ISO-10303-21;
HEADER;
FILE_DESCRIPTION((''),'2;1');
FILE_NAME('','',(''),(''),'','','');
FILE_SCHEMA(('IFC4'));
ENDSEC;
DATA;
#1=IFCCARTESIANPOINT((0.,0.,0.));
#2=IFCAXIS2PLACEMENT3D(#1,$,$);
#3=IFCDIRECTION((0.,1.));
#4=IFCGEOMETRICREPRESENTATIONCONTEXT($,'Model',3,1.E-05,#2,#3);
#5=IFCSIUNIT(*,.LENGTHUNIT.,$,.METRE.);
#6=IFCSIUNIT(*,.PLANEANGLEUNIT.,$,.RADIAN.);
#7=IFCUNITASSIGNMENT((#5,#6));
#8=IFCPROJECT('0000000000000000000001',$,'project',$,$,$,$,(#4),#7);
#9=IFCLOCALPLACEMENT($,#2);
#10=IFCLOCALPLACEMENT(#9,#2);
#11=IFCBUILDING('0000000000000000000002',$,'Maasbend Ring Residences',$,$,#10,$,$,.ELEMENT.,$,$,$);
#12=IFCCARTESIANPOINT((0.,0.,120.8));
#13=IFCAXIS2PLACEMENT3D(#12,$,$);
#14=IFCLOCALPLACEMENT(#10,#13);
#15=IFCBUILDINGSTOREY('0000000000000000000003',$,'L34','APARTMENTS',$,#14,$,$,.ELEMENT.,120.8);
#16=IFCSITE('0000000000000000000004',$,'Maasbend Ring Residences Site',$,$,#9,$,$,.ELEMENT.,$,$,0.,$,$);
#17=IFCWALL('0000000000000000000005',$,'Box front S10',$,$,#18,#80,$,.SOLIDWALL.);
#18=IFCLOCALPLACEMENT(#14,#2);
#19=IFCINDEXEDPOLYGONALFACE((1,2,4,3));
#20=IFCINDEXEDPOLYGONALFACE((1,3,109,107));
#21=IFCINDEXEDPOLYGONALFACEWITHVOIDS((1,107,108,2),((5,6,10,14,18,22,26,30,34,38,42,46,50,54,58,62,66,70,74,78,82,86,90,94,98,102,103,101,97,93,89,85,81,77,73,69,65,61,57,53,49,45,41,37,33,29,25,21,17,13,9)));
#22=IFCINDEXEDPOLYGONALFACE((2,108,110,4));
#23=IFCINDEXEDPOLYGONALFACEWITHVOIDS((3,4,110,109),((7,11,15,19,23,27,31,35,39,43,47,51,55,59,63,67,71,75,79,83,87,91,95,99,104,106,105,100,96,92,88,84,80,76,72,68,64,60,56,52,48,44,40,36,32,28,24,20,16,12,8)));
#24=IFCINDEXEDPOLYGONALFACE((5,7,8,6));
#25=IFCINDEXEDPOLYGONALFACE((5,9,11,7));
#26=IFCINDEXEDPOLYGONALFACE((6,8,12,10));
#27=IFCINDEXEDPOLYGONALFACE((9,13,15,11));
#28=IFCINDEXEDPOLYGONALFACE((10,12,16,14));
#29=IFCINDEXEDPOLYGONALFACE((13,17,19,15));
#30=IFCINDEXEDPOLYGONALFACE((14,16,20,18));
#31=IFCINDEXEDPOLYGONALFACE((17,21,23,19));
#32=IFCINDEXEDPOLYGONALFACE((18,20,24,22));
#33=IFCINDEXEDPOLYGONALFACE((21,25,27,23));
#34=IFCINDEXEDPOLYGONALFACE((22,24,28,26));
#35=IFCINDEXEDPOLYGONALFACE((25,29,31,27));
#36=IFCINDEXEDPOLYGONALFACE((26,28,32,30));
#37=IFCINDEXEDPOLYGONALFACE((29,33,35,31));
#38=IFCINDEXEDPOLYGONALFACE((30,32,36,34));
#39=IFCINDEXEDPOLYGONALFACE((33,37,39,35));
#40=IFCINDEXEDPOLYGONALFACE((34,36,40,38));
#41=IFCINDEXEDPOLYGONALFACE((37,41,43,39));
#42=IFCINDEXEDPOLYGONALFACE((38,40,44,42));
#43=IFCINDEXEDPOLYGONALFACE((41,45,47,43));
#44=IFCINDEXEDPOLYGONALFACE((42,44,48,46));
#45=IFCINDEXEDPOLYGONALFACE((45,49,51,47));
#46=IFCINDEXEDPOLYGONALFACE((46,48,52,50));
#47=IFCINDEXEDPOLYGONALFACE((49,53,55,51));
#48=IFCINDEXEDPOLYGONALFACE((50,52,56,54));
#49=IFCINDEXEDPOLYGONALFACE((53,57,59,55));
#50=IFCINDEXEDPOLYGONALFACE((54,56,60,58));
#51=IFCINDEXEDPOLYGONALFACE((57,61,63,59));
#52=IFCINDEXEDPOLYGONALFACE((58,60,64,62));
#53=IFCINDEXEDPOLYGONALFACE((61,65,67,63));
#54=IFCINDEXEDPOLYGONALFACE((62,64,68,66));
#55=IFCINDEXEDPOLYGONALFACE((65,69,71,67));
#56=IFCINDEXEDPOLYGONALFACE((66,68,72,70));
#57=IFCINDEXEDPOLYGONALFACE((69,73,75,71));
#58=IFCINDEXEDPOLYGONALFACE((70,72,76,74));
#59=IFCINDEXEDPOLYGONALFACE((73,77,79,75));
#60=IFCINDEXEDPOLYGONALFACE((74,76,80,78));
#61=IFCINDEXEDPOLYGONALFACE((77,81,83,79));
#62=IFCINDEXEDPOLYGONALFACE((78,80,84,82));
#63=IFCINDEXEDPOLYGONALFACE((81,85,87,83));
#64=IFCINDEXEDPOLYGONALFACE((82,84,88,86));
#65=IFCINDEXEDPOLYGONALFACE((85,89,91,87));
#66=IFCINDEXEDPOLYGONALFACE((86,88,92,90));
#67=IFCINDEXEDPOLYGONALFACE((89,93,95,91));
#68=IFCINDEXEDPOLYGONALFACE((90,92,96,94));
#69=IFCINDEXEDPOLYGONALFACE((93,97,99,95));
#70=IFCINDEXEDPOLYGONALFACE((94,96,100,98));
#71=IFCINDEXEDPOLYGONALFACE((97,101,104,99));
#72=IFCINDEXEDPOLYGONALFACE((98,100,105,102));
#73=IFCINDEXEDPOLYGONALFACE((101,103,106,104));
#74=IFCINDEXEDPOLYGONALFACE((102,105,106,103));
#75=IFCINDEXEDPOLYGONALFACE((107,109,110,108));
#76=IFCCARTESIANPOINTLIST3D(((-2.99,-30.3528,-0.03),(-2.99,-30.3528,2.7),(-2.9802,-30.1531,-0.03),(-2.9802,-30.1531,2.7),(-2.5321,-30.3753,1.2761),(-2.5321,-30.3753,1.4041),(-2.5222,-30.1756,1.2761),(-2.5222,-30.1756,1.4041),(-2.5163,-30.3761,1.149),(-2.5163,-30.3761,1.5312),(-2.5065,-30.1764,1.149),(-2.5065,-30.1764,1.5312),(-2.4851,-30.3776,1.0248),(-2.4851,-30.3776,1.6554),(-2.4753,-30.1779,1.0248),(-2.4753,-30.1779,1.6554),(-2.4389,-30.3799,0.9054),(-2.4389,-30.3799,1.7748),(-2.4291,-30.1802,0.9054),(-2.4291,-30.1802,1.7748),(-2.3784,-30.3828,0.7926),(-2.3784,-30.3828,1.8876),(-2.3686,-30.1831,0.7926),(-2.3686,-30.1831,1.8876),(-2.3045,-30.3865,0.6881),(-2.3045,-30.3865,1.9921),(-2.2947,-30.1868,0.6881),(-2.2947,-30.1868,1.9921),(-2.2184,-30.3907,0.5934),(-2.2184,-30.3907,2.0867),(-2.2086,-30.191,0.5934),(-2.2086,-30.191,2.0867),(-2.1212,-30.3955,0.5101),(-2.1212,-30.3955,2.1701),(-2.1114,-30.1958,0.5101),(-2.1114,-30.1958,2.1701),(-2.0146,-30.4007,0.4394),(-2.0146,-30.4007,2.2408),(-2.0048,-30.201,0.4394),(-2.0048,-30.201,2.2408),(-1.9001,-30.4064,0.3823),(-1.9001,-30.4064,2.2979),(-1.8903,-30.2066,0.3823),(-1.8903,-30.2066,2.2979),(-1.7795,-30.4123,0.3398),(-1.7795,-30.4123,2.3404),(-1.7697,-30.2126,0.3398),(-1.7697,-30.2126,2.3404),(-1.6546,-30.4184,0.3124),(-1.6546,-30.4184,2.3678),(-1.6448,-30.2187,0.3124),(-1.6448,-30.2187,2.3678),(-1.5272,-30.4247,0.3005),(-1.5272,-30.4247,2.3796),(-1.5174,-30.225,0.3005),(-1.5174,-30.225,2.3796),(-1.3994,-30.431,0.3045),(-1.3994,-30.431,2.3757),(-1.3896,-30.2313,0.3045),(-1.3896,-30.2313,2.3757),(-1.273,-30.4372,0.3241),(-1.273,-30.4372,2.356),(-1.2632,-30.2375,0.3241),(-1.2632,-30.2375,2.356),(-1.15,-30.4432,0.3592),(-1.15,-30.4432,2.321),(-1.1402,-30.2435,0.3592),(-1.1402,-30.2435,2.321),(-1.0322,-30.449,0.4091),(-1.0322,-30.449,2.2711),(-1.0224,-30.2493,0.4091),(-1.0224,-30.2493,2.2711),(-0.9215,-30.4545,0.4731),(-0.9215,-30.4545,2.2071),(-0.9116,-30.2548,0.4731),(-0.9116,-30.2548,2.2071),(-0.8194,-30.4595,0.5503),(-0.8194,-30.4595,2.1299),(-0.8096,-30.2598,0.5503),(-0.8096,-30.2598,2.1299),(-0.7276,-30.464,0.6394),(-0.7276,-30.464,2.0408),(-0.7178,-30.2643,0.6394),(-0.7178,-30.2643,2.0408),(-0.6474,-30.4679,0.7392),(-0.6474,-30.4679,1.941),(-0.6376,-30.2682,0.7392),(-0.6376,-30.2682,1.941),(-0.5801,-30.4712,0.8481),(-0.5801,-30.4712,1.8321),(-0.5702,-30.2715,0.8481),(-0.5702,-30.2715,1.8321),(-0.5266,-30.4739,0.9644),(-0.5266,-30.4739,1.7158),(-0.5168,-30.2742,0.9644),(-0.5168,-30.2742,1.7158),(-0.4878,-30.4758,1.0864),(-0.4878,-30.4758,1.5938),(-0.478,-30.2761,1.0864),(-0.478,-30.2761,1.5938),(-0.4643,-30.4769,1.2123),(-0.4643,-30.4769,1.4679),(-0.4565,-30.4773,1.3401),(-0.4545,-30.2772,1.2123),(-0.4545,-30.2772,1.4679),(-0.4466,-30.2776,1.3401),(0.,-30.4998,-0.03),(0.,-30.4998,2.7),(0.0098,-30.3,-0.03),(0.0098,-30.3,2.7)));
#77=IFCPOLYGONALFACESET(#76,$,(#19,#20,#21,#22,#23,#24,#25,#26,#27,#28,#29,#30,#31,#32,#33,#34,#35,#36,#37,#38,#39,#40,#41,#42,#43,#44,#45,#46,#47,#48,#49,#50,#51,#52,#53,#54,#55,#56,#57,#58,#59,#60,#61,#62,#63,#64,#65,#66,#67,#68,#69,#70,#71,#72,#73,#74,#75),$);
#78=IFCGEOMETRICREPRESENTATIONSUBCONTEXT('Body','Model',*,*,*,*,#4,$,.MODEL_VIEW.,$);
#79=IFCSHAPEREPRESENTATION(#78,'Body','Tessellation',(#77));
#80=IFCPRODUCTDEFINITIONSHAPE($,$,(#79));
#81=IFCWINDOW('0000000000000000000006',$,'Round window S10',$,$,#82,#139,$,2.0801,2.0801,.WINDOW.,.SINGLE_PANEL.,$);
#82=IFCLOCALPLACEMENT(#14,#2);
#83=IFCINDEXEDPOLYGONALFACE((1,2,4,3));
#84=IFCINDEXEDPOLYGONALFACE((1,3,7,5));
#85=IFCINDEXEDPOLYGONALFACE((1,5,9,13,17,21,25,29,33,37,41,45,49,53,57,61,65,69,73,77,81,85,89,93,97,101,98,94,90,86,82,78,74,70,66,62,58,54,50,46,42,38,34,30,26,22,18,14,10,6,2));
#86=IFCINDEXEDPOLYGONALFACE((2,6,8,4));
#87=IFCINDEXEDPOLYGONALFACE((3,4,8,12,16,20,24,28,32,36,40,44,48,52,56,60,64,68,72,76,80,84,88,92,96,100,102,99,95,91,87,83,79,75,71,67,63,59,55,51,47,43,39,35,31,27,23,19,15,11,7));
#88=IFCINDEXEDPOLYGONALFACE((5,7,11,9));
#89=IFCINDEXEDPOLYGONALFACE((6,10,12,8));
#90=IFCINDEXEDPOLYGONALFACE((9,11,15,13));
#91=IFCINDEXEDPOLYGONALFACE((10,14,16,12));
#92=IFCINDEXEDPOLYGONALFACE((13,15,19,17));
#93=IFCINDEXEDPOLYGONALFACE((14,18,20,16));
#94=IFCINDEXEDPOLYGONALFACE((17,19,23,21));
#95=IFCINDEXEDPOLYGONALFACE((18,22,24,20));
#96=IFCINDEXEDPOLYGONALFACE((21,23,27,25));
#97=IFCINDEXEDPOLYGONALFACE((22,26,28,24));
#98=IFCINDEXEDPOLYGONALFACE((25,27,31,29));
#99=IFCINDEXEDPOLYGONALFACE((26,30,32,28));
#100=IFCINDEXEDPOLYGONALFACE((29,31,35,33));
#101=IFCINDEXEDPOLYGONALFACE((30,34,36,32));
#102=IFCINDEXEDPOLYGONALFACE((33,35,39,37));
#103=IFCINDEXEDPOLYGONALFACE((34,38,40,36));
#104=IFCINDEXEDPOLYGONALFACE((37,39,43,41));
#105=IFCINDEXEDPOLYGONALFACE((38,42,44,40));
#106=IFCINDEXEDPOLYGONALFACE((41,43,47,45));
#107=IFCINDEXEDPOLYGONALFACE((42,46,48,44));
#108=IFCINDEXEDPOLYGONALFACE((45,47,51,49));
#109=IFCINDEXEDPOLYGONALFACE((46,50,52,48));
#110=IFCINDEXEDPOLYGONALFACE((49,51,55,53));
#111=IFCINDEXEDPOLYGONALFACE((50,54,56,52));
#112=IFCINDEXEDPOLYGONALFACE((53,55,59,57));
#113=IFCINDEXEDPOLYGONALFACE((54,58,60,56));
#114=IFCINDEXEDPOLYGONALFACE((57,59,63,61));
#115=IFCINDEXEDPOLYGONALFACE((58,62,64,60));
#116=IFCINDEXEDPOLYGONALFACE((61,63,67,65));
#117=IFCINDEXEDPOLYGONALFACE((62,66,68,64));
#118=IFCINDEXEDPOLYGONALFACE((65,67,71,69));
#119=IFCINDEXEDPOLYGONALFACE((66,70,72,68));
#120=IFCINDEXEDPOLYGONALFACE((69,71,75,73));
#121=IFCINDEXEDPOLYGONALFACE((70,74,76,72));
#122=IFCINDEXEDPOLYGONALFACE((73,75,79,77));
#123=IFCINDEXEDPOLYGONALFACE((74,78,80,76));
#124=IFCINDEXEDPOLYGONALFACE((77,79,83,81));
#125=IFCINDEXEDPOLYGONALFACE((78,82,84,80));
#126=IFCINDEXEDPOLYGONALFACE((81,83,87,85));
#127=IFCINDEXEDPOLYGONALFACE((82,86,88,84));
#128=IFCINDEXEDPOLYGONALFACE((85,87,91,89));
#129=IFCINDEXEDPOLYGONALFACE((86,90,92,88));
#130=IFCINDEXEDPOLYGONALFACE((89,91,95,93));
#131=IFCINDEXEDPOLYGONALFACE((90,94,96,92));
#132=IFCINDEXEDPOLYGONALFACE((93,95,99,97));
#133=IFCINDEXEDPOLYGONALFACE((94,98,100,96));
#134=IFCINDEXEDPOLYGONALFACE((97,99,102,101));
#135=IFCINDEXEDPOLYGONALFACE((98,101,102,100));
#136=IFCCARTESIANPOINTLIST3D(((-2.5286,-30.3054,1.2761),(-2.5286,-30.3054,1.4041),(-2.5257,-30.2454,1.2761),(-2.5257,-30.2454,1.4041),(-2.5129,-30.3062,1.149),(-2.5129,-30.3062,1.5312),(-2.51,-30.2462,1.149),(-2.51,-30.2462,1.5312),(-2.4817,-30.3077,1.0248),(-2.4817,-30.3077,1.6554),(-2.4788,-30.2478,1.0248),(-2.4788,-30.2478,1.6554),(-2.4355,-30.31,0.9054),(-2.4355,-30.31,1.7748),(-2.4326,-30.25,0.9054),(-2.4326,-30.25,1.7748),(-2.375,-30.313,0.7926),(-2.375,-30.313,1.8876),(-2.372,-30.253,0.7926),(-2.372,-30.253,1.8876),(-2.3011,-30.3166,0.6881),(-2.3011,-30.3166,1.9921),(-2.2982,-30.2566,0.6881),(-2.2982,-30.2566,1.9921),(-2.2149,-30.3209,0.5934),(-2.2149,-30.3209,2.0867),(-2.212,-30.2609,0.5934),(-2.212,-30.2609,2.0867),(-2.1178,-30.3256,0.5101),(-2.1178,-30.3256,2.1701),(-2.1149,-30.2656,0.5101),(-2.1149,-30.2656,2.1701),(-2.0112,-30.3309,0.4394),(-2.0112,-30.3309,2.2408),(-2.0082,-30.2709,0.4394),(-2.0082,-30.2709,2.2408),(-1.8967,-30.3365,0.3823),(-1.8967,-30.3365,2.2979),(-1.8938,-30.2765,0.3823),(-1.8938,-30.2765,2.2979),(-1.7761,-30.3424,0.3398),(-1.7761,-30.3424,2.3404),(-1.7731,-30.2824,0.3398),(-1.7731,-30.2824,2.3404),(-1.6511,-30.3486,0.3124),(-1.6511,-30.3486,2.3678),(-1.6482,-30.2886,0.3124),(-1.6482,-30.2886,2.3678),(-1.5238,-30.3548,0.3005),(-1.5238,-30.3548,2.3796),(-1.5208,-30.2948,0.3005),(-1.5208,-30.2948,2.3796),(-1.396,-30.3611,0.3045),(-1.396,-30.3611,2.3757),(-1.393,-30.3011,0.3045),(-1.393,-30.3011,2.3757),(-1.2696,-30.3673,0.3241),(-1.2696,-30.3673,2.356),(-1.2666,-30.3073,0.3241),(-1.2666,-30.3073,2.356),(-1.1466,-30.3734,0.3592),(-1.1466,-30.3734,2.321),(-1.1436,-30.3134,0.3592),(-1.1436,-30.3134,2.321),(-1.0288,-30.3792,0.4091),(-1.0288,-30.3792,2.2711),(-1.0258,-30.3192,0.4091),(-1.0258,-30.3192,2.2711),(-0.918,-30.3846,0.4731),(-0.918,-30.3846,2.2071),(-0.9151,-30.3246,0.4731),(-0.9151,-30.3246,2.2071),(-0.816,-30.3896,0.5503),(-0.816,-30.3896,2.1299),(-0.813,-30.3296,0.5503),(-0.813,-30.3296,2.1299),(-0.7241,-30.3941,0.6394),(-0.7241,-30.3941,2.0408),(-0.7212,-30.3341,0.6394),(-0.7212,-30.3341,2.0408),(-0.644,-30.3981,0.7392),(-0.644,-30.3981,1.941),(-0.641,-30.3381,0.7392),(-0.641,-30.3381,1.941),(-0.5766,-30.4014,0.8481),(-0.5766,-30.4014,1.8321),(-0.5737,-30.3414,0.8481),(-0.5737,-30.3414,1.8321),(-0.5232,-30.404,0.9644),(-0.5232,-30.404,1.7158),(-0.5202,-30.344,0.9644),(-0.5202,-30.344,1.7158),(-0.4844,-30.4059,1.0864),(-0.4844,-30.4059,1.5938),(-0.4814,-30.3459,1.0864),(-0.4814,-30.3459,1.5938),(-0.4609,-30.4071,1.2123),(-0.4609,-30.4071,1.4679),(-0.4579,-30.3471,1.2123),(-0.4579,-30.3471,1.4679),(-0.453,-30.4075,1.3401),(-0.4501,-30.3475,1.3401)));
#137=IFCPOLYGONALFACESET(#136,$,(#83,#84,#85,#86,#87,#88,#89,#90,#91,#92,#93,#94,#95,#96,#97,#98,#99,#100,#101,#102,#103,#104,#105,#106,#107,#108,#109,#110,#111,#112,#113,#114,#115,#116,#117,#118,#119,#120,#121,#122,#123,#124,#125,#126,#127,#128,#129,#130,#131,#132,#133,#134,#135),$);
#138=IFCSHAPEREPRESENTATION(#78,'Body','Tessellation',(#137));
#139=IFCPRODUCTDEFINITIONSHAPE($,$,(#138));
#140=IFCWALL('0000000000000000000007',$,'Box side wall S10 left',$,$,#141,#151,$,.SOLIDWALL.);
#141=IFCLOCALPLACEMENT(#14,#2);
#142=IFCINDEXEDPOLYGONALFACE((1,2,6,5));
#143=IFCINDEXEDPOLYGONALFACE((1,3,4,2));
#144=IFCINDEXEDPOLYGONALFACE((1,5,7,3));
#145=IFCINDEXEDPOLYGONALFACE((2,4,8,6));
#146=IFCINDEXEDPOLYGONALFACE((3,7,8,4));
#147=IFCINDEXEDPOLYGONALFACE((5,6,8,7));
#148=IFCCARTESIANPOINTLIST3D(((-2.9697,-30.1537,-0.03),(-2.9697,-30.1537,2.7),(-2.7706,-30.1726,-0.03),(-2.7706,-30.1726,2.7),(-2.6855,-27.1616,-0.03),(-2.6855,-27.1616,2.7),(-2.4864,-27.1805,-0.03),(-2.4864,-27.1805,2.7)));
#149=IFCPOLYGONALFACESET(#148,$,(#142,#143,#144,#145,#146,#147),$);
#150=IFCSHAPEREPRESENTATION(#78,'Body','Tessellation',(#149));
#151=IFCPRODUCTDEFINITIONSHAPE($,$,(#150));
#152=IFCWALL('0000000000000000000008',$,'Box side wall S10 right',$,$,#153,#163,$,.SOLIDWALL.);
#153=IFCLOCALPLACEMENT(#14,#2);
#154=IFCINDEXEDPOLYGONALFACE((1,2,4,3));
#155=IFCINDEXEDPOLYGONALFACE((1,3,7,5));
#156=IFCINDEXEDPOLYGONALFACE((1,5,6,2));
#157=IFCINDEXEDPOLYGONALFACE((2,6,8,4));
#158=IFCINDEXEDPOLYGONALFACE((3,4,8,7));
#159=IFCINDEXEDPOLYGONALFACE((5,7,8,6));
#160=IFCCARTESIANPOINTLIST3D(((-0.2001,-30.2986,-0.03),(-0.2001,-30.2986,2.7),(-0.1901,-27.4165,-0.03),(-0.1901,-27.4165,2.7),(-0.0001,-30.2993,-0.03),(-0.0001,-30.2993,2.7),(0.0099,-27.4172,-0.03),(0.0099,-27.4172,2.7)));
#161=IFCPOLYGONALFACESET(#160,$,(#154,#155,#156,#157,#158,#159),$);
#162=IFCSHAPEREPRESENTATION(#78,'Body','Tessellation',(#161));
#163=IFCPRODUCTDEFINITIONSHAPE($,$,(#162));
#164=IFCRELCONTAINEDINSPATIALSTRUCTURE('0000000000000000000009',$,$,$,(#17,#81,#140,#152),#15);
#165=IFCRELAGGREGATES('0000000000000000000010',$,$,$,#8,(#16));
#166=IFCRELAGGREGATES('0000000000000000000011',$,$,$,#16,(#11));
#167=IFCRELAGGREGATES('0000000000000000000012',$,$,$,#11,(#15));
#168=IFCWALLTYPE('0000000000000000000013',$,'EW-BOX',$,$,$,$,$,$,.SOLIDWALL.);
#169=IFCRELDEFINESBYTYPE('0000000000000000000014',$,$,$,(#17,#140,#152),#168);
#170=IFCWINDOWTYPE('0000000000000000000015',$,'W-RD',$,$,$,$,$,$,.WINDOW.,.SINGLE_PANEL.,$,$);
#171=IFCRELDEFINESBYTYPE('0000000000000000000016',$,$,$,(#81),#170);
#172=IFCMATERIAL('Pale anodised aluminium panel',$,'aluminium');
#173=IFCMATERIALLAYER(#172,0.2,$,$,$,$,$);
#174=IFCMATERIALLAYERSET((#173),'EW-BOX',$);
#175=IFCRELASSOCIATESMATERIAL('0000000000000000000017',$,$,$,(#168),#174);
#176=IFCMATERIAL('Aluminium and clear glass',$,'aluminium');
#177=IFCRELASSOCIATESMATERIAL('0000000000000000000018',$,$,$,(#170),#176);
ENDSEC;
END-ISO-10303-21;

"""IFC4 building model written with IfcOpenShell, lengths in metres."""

from ifc_helpers import new_model, si_unit, direction, frame, frame_2d, origin, place, context, subcontext, project, spatial, rectangle, circle, extrude, material, layer, layer_set, type_object, element, fill, save


model = new_model("IFC4")

# Units and contexts
model_context = context("Model", 3, precision=1e-05, world=origin(), true_north=direction((0.0, 1.0)))
body_context = subcontext(model_context, "Body", "Model", "MODEL_VIEW")
ifc_project = project(units=[si_unit("LENGTHUNIT", "METRE"), si_unit("PLANEANGLEUNIT", "RADIAN")], contexts=[model_context])

# Site, building, storey
site_placement = place(None, origin())
site = spatial("IfcSite", under=ifc_project, at=site_placement, Name="Maasbend Ring Residences Site", CompositionType="ELEMENT", RefElevation=0.0)
building_placement = place(site_placement, origin())
building = spatial("IfcBuilding", under=site, at=building_placement, Name="Maasbend Ring Residences", CompositionType="ELEMENT")
storey_placement = place(building_placement, frame((0.0, 0.0, 120.8)))
storey = spatial("IfcBuildingStorey", under=building, at=storey_placement, Name="L34", Description="APARTMENTS", CompositionType="ELEMENT", Elevation=120.8)

# Shared definitions
ifc_material_1 = material(Name="Pale anodised aluminium panel", Category="aluminium")
ifc_layer_1 = layer(ifc_material_1, 0.2)
ifc_layer_set_1 = layer_set([ifc_layer_1], Name="EW-BOX")
wall_type_1 = type_object("IfcWallType", Name="EW-BOX", PredefinedType="SOLIDWALL", material=ifc_layer_set_1)
ifc_material_2 = material(Name="Aluminium and clear glass", Category="aluminium")
window_type_1 = type_object("IfcWindowType", Name="W-RD", PartitioningType="SINGLE_PANEL", PredefinedType="WINDOW", material=ifc_material_2)

# Wall, opening, window
wall_1_placement = place(storey_placement, frame((-2.9851, -30.2529, -0.03), z_axis=(0.0, 0.0, 1.0), x_axis=(0.998794, -0.049096, 0.0)))
wall_1 = element("IfcWall", 1, at=wall_1_placement, inside=storey, type_object=wall_type_1, Name="Box front S10", PredefinedType="SOLIDWALL", context=body_context, shape_type="SweptSolid", body=[
    extrude(rectangle(XDim=2.9937, YDim=0.2, at=frame_2d((1.4968, 0.0))), origin(), (0.0, 0.0, 1.0), 2.73),
])
opening_1_placement = place(wall_1_placement, frame((0.4565, 0.0, 0.3301)))
opening_1 = element("IfcOpeningElement", 2, at=opening_1_placement, cuts=wall_1, PredefinedType="OPENING", context=body_context, shape_type="SweptSolid", body=[
    extrude(circle(Radius=1.04, at=frame_2d((1.04, 1.04))), frame((0.0, 0.1099, 0.0), z_axis=(0.0, -1.0, 0.0), x_axis=(1.0, 0.0, 0.0)), (0.0, 0.0, 1.0), 0.22),
])
window_1_placement = place(opening_1_placement, origin())
window_1 = element("IfcWindow", 3, at=window_1_placement, inside=storey, type_object=window_type_1, Name="Round window S10", OverallHeight=2.0801, OverallWidth=2.0801, PartitioningType="SINGLE_PANEL", PredefinedType="WINDOW", context=body_context, shape_type="SweptSolid", body=[
    extrude(circle(Radius=1.04, at=frame_2d((1.04, 1.04))), frame((0.0, 0.03, 0.0), z_axis=(0.0, -1.0, 0.0), x_axis=(1.0, 0.0, 0.0)), (0.0, 0.0, 1.0), 0.0601),
])
fill(opening_1, window_1)

# Walls
wall_2_placement = place(storey_placement, frame((-2.5859, -27.1709, -0.03), z_axis=(0.0, 0.0, 1.0), x_axis=(-0.094548, -0.99552, 0.0)))
element("IfcWall", 4, at=wall_2_placement, inside=storey, type_object=wall_type_1, Name="Box side wall S10 left", PredefinedType="SOLIDWALL", context=body_context, shape_type="SweptSolid", body=[
    extrude(rectangle(XDim=3.0056, YDim=0.2, at=frame_2d((1.5029, 0.0))), origin(), (0.0, 0.0, 1.0), 2.73),
])
wall_3_placement = place(storey_placement, frame((-0.0901, -27.417, -0.03), z_axis=(0.0, 0.0, 1.0), x_axis=(-0.003473, -0.999994, 0.0)))
element("IfcWall", 5, at=wall_3_placement, inside=storey, type_object=wall_type_1, Name="Box side wall S10 right", PredefinedType="SOLIDWALL", context=body_context, shape_type="SweptSolid", body=[
    extrude(rectangle(XDim=2.8821, YDim=0.2, at=frame_2d((1.4409, 0.0))), origin(), (0.0, 0.0, 1.0), 2.73),
])

save(model, "model.ifc")
